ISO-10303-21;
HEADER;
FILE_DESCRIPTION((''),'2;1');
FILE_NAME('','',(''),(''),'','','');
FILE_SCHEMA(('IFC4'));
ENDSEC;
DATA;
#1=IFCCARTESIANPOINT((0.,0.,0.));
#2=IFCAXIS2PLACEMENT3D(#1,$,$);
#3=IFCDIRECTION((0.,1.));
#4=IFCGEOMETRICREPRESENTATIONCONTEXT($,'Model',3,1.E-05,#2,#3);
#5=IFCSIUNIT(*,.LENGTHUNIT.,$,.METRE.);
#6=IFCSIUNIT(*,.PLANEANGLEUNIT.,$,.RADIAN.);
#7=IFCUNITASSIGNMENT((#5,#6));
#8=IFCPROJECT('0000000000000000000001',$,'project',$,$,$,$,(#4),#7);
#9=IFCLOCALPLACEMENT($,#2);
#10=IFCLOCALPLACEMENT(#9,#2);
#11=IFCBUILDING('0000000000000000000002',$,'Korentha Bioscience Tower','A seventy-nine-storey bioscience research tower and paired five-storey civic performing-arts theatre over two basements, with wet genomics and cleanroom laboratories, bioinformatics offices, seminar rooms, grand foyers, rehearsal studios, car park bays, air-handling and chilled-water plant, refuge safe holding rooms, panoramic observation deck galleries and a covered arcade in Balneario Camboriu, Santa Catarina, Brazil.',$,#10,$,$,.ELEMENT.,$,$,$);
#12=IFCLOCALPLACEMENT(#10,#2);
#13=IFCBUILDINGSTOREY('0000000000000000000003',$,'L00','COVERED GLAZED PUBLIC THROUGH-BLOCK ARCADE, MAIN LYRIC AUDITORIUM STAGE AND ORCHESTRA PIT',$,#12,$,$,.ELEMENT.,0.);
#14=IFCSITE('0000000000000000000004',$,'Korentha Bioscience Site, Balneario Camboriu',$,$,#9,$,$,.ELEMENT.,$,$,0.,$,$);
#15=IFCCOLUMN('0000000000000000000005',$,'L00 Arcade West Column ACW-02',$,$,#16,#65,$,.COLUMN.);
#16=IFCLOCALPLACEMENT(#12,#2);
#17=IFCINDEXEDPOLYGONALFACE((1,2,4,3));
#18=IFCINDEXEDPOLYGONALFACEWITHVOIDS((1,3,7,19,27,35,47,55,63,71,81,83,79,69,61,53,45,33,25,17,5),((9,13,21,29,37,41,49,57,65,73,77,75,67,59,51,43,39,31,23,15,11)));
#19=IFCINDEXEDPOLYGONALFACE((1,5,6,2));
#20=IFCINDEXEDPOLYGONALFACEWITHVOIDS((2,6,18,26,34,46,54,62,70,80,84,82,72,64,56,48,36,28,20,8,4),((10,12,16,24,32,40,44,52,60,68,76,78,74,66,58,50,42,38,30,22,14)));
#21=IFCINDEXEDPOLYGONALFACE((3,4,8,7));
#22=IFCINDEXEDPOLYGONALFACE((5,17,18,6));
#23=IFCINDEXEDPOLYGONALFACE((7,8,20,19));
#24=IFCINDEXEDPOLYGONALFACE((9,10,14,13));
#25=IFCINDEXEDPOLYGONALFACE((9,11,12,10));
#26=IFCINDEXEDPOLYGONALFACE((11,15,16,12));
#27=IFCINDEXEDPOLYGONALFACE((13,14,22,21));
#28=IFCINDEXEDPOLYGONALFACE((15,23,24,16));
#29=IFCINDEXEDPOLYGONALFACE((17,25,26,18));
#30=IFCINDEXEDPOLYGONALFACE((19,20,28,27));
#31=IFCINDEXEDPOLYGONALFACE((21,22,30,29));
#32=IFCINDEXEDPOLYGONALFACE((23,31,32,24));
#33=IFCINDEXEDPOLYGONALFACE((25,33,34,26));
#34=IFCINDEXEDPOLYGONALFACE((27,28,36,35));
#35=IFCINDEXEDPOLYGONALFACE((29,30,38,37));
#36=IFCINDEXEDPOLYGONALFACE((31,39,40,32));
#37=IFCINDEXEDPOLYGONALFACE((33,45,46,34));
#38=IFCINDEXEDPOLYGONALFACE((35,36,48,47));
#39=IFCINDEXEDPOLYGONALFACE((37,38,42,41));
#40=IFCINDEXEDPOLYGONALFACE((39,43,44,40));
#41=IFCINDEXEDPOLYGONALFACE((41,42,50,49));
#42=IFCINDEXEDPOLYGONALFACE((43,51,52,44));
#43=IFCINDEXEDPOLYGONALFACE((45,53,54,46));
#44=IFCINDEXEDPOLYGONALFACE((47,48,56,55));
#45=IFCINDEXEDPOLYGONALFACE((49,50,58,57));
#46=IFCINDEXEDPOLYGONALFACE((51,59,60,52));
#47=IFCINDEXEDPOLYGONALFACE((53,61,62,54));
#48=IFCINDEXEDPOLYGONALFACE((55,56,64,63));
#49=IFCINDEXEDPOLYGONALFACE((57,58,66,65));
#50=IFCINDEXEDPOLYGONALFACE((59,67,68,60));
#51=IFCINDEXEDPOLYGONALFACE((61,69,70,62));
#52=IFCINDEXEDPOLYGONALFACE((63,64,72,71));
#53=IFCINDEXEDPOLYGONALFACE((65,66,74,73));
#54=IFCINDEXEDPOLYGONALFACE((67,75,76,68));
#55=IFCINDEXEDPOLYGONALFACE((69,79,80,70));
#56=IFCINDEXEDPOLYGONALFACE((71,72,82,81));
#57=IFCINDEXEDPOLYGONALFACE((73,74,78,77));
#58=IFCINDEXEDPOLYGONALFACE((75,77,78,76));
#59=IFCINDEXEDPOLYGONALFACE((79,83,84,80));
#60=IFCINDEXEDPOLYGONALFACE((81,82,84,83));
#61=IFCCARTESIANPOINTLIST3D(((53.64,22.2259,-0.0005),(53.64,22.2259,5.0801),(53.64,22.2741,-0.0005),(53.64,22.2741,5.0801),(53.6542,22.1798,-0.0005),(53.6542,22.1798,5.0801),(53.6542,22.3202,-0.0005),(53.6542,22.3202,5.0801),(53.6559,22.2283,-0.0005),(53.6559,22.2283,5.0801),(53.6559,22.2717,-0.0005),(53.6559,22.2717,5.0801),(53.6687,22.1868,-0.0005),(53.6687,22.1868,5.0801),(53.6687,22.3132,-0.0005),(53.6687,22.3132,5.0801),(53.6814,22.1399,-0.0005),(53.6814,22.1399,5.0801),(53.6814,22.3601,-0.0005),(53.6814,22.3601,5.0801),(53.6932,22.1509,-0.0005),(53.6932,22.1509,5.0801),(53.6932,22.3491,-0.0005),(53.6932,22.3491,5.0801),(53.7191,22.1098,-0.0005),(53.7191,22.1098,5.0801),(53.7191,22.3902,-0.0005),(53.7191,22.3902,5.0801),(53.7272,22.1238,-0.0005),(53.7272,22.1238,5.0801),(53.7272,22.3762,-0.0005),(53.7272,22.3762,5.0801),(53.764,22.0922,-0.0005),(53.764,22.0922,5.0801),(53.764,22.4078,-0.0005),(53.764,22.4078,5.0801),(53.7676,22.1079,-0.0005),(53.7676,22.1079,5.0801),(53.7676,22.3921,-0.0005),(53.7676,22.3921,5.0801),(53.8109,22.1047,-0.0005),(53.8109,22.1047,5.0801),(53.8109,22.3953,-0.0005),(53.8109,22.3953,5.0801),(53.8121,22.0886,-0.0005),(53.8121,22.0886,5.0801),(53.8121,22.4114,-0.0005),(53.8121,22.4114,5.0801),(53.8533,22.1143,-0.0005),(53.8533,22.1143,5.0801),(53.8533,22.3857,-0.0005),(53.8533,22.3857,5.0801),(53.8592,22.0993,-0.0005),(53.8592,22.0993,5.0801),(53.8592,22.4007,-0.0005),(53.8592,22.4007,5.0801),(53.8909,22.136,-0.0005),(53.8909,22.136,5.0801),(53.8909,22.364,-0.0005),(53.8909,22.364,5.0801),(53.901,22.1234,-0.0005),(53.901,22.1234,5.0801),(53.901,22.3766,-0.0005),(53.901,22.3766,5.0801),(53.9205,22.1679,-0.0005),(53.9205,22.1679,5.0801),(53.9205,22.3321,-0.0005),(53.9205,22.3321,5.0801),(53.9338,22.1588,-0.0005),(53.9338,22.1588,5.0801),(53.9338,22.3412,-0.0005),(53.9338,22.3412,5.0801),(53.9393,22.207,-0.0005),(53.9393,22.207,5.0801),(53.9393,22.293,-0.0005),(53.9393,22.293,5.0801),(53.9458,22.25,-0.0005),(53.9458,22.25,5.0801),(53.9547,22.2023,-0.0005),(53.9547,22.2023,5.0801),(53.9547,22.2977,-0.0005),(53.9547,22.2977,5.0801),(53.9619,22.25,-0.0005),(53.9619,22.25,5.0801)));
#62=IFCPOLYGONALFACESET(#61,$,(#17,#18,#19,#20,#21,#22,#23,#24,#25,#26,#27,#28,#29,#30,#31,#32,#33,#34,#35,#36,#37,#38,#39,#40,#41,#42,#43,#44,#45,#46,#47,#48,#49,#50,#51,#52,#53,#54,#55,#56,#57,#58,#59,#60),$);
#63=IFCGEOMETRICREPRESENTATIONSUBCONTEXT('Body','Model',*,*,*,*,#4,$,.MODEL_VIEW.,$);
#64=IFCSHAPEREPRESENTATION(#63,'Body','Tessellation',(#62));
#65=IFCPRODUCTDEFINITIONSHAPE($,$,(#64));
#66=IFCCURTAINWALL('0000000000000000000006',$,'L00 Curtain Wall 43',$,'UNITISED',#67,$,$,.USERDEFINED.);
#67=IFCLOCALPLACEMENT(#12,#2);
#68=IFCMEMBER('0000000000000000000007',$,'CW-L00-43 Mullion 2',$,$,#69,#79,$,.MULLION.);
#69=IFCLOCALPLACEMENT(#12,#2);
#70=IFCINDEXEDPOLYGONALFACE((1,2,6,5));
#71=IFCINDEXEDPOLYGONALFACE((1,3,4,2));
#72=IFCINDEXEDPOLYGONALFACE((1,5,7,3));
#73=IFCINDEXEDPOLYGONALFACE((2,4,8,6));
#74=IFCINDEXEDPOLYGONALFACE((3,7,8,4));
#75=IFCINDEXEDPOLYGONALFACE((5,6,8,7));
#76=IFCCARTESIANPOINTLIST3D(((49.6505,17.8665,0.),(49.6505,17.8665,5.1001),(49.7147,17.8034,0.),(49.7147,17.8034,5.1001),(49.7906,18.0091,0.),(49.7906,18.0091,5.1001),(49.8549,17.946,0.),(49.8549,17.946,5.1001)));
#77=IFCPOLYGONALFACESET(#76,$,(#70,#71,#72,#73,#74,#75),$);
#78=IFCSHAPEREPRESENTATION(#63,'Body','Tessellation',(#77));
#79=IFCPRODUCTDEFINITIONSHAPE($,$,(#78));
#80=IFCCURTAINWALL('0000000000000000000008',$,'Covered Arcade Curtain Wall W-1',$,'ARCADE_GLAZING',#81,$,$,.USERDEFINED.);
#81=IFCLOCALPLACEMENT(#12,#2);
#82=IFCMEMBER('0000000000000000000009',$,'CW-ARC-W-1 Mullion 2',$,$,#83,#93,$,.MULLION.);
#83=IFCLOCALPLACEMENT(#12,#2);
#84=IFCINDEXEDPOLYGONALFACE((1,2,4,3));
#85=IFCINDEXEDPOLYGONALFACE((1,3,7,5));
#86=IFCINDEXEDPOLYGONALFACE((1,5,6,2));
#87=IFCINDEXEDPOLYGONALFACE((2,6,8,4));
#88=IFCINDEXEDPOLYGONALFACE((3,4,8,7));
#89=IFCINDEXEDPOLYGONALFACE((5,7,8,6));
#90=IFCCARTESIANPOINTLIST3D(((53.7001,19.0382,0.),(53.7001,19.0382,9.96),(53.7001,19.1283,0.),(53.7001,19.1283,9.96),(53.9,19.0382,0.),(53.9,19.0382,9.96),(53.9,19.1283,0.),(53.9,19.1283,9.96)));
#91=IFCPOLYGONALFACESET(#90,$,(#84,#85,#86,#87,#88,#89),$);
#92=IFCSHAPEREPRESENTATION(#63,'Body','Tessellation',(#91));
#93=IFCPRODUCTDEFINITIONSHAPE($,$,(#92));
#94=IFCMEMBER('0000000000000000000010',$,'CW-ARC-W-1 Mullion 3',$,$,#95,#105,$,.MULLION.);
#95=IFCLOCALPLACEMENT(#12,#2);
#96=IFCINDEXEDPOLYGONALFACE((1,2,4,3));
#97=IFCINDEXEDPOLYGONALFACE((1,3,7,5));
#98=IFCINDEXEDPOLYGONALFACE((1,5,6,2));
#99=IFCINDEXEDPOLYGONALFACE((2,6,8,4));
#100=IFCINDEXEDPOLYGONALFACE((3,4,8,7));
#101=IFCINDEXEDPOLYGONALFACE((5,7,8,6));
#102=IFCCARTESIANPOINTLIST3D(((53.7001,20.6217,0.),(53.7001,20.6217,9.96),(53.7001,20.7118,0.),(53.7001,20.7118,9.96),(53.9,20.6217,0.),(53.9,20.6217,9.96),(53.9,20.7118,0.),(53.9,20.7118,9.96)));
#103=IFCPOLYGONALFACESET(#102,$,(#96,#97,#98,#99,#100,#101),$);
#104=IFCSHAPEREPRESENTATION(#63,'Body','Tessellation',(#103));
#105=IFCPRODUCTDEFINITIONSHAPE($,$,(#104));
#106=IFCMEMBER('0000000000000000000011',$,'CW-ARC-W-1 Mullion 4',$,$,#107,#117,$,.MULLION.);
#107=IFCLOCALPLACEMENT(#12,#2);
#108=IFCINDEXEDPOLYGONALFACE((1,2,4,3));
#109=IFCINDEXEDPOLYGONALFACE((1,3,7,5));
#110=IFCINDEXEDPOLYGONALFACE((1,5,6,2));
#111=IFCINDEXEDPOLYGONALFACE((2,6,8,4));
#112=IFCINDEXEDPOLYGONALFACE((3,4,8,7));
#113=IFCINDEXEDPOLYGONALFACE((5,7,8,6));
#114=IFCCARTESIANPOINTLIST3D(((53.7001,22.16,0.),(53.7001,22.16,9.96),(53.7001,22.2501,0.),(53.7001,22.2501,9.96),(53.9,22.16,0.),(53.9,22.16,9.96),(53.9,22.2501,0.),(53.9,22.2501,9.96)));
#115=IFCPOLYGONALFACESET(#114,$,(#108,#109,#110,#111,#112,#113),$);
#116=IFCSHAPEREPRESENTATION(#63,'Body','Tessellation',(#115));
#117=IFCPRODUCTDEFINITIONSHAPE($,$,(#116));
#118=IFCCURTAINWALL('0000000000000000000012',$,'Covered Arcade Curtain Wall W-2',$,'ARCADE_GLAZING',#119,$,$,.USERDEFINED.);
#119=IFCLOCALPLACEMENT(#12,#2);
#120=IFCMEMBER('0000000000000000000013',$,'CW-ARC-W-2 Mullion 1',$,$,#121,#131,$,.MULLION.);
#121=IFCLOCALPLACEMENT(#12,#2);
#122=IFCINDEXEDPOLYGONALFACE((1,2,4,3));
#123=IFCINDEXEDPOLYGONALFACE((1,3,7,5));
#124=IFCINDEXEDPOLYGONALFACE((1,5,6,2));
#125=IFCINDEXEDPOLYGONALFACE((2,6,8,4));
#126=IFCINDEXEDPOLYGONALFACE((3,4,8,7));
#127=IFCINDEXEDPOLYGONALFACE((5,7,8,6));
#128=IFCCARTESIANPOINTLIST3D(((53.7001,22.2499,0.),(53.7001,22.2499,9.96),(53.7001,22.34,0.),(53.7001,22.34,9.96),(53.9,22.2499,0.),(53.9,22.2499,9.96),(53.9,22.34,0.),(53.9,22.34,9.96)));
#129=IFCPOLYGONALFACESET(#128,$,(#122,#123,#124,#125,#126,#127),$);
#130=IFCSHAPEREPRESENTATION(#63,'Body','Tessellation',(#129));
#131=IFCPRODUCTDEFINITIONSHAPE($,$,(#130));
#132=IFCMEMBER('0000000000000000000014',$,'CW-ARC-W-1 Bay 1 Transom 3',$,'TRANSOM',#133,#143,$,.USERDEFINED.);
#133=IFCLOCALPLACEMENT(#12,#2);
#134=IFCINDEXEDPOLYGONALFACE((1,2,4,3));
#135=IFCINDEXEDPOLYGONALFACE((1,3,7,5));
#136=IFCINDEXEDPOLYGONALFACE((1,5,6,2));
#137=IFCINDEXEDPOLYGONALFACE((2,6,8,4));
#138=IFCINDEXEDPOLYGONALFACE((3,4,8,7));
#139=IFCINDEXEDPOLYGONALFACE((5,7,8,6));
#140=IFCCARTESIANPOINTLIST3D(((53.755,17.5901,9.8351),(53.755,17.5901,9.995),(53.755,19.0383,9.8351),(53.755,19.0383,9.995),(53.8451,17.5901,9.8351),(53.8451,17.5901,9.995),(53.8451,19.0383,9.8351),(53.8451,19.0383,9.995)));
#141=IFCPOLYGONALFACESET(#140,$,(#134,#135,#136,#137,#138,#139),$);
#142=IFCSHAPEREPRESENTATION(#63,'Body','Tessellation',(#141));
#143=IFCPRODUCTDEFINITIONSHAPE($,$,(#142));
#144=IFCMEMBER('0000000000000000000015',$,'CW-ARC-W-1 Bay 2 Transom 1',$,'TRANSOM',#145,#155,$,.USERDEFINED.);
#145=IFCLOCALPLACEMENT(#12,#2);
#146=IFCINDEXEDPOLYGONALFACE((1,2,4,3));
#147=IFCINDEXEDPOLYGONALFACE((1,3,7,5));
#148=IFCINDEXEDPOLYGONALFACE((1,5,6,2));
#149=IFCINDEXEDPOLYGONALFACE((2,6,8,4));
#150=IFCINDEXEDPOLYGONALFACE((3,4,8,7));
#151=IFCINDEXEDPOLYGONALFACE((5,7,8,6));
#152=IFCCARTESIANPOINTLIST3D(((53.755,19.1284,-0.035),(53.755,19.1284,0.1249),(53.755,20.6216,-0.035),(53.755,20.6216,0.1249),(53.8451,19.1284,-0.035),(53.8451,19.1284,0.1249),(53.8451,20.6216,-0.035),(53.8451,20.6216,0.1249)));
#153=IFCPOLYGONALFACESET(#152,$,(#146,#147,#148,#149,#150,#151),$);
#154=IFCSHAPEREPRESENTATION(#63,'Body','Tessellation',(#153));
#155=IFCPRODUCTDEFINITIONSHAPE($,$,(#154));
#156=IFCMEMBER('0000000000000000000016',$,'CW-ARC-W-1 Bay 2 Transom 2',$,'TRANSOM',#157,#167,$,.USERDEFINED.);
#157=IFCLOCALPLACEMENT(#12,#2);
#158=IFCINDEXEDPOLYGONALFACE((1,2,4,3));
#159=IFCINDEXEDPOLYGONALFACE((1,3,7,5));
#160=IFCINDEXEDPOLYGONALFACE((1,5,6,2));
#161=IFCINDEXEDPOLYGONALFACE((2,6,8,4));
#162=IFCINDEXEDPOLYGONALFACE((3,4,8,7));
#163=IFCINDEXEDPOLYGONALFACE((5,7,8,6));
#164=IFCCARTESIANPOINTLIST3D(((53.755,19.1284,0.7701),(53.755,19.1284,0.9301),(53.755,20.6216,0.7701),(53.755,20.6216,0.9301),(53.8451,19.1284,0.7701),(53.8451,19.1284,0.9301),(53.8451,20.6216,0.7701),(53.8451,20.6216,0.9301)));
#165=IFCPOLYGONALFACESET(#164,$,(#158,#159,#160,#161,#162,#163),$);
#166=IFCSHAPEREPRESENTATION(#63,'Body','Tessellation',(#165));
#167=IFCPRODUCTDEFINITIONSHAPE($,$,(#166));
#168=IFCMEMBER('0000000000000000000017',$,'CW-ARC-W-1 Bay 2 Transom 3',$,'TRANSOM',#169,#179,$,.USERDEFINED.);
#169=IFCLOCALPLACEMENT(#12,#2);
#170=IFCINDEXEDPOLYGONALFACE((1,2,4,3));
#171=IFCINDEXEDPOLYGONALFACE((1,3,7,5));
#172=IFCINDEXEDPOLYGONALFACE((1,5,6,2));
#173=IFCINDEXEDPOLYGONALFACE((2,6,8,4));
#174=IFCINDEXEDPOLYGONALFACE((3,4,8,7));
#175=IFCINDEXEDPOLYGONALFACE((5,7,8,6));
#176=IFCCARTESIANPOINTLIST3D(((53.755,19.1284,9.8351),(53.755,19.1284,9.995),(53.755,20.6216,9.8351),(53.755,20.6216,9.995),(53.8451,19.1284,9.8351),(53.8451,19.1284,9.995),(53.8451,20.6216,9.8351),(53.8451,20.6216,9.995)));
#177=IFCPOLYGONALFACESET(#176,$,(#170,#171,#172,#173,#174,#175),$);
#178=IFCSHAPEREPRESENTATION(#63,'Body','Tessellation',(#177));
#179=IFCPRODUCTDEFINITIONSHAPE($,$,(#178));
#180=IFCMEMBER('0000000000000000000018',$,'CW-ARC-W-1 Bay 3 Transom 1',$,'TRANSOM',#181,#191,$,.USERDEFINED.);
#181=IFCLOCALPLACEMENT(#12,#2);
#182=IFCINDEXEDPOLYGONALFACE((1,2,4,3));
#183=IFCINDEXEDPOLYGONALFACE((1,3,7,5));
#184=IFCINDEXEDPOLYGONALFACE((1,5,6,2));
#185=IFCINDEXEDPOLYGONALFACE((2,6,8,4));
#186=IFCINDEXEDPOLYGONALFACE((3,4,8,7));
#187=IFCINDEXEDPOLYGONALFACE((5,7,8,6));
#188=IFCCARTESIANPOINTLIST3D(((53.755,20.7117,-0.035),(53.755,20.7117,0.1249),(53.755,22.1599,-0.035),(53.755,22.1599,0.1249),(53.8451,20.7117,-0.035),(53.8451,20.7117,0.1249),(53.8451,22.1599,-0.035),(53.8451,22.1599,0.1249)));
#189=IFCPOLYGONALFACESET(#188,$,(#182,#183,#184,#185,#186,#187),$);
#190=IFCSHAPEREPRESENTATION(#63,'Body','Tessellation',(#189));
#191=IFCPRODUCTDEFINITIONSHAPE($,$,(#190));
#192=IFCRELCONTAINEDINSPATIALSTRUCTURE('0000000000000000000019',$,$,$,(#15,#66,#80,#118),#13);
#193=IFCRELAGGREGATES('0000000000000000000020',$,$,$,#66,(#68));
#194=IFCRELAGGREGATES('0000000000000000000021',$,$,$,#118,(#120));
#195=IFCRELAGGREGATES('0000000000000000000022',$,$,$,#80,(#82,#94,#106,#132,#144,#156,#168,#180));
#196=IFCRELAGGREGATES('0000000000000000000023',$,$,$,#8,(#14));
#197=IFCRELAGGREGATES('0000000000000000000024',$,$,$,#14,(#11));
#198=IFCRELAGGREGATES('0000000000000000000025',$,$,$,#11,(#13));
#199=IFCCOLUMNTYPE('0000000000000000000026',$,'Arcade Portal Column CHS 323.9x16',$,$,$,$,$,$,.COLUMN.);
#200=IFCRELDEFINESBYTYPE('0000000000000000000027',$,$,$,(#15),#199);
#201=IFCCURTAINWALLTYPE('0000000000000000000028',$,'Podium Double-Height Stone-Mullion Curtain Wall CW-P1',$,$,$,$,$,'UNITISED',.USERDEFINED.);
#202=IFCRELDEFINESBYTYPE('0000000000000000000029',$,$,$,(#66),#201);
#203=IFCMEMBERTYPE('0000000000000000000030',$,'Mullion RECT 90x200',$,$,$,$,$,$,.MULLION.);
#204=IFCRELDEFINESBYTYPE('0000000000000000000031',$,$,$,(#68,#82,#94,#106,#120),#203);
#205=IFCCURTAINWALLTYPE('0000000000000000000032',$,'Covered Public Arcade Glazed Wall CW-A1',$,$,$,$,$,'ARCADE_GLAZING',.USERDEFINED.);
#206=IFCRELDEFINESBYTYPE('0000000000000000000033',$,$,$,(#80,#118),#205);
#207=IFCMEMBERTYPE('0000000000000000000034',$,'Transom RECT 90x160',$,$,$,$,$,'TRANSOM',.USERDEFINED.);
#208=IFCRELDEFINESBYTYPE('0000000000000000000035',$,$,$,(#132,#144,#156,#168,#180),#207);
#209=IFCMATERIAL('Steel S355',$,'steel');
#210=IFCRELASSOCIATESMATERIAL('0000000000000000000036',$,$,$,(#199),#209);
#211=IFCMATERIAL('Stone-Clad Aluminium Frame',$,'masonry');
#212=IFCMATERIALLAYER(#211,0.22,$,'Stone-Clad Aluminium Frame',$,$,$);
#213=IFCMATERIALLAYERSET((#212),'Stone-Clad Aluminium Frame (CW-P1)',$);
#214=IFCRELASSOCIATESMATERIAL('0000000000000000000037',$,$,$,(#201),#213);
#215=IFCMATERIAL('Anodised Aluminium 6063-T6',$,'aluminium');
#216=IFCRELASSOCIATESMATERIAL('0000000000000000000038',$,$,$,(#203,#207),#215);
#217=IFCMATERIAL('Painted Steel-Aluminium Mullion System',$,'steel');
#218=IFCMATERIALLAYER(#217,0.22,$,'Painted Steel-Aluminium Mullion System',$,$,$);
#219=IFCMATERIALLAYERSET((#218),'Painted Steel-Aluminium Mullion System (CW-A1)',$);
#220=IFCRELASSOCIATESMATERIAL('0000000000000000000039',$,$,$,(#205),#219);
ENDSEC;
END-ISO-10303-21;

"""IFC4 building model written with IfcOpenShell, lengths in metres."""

from ifc_helpers import new_model, si_unit, direction, frame, origin, origin_2d, place, context, subcontext, project, spatial, rectangle, hollow_circle, extrude, material, layer, layer_set, material_profile, profile_set, type_object, element, aggregate, save


model = new_model("IFC4")

# Units and contexts
model_context = context("Model", 3, precision=1e-05, world=origin(), true_north=direction((0.0, 1.0)))
body_context = subcontext(model_context, "Body", "Model", "MODEL_VIEW")
ifc_project = project(units=[si_unit("LENGTHUNIT", "METRE"), si_unit("PLANEANGLEUNIT", "RADIAN")], contexts=[model_context])

# Site, building, storey
site_placement = place(None, origin())
site = spatial("IfcSite", under=ifc_project, at=site_placement, Name="Korentha Bioscience Site, Balneario Camboriu", CompositionType="ELEMENT", RefElevation=0.0)
building_placement = place(site_placement, origin())
building = spatial("IfcBuilding", under=site, at=building_placement, Name="Korentha Bioscience Tower", Description="A seventy-nine-storey bioscience research tower and paired five-storey civic performing-arts theatre over two basements, with wet genomics and cleanroom laboratories, bioinformatics offices, seminar rooms, grand foyers, rehearsal studios, car park bays, air-handling and chilled-water plant, refuge safe holding rooms, panoramic observation deck galleries and a covered arcade in Balneario Camboriu, Santa Catarina, Brazil.", CompositionType="ELEMENT")
storey_placement = place(building_placement, origin())
storey = spatial("IfcBuildingStorey", under=building, at=storey_placement, Name="L00", Description="COVERED GLAZED PUBLIC THROUGH-BLOCK ARCADE, MAIN LYRIC AUDITORIUM STAGE AND ORCHESTRA PIT", CompositionType="ELEMENT", Elevation=0.0)

# Column
ifc_material_1 = material(Name="Steel S355", Category="steel")
ifc_material_profile_1 = material_profile(ifc_material_1, hollow_circle(Radius=0.1619, WallThickness=0.0161, at=origin_2d()), Name="Steel S355")
ifc_profile_set_1 = profile_set([ifc_material_profile_1], Name="Steel S355 (AC-01)")
column_type = type_object("IfcColumnType", Name="Arcade Portal Column CHS 323.9x16", PredefinedType="COLUMN", material=ifc_profile_set_1)
column_placement = place(storey_placement, frame((53.8, 22.25, -0.0005), z_axis=(0.0, 0.0, 1.0), x_axis=(1.0, 0.0, 0.0)))
element("IfcColumn", 1, at=column_placement, inside=storey, type_object=column_type, Name="L00 Arcade West Column ACW-02", PredefinedType="COLUMN", context=body_context, shape_type="SweptSolid", body=[
    extrude(hollow_circle(Radius=0.1619, WallThickness=0.0161, at=origin_2d()), origin(), (0.0, 0.0, 1.0), 5.0806),
])

# Curtain wall, member
ifc_material_2 = material(Name="Stone-Clad Aluminium Frame", Category="masonry")
ifc_layer_1 = layer(ifc_material_2, 0.22, Name="Stone-Clad Aluminium Frame")
ifc_layer_set_1 = layer_set([ifc_layer_1], Name="Stone-Clad Aluminium Frame (CW-P1)")
curtain_wall_type_1 = type_object("IfcCurtainWallType", Name="Podium Double-Height Stone-Mullion Curtain Wall CW-P1", ElementType="UNITISED", PredefinedType="USERDEFINED", material=ifc_layer_set_1)
curtain_wall_1_placement = place(storey_placement, origin())
curtain_wall_1 = element("IfcCurtainWall", 2, at=curtain_wall_1_placement, inside=storey, type_object=curtain_wall_type_1, Name="L00 Curtain Wall 43", ObjectType="UNITISED", PredefinedType="USERDEFINED")
ifc_material_3 = material(Name="Anodised Aluminium 6063-T6", Category="aluminium")
ifc_material_profile_2 = material_profile(ifc_material_3, rectangle(XDim=0.0901, YDim=0.2, at=origin_2d()), Name="Anodised Aluminium 6063-T6")
ifc_profile_set_2 = profile_set([ifc_material_profile_2], Name="Anodised Aluminium 6063-T6 (CW-MUL)")
member_type_1 = type_object("IfcMemberType", Name="Mullion RECT 90x200", PredefinedType="MULLION", material=ifc_profile_set_2)
member_1_placement = place(storey_placement, frame((49.7527, 17.9062, 0.0), z_axis=(0.0, 0.0, 1.0), x_axis=(-0.713279, 0.70088, 0.0)))
member_1 = element("IfcMember", 3, at=member_1_placement, type_object=member_type_1, Name="CW-L00-43 Mullion 2", PredefinedType="MULLION", context=body_context, shape_type="SweptSolid", body=[
    extrude(rectangle(XDim=0.0901, YDim=0.2, at=origin_2d()), origin(), (0.0, 0.0, 1.0), 5.1001),
])
aggregate(curtain_wall_1, [member_1])

# Curtain wall, members
ifc_material_4 = material(Name="Painted Steel-Aluminium Mullion System", Category="steel")
ifc_layer_2 = layer(ifc_material_4, 0.22, Name="Painted Steel-Aluminium Mullion System")
ifc_layer_set_2 = layer_set([ifc_layer_2], Name="Painted Steel-Aluminium Mullion System (CW-A1)")
curtain_wall_type_2 = type_object("IfcCurtainWallType", Name="Covered Public Arcade Glazed Wall CW-A1", ElementType="ARCADE_GLAZING", PredefinedType="USERDEFINED", material=ifc_layer_set_2)
curtain_wall_2_placement = place(storey_placement, origin())
curtain_wall_2 = element("IfcCurtainWall", 4, at=curtain_wall_2_placement, inside=storey, type_object=curtain_wall_type_2, Name="Covered Arcade Curtain Wall W-1", ObjectType="ARCADE_GLAZING", PredefinedType="USERDEFINED")
member_2_placement = place(storey_placement, frame((53.8, 19.0833, 0.0), z_axis=(0.0, 0.0, 1.0), x_axis=(0.0, 1.0, 0.0)))
member_2 = element("IfcMember", 5, at=member_2_placement, type_object=member_type_1, Name="CW-ARC-W-1 Mullion 2", PredefinedType="MULLION", context=body_context, shape_type="SweptSolid", body=[
    extrude(rectangle(XDim=0.0901, YDim=0.2, at=origin_2d()), origin(), (0.0, 0.0, 1.0), 9.96),
])
member_3_placement = place(storey_placement, frame((53.8, 20.6667, 0.0), z_axis=(0.0, 0.0, 1.0), x_axis=(0.0, 1.0, 0.0)))
member_3 = element("IfcMember", 6, at=member_3_placement, type_object=member_type_1, Name="CW-ARC-W-1 Mullion 3", PredefinedType="MULLION", context=body_context, shape_type="SweptSolid", body=[
    extrude(rectangle(XDim=0.0901, YDim=0.2, at=origin_2d()), origin(), (0.0, 0.0, 1.0), 9.96),
])
member_4_placement = place(storey_placement, frame((53.8, 22.2051, 0.0), z_axis=(0.0, 0.0, 1.0), x_axis=(0.0, 1.0, 0.0)))
member_4 = element("IfcMember", 7, at=member_4_placement, type_object=member_type_1, Name="CW-ARC-W-1 Mullion 4", PredefinedType="MULLION", context=body_context, shape_type="SweptSolid", body=[
    extrude(rectangle(XDim=0.0901, YDim=0.2, at=origin_2d()), origin(), (0.0, 0.0, 1.0), 9.96),
])

# Curtain wall, member
curtain_wall_3_placement = place(storey_placement, origin())
curtain_wall_3 = element("IfcCurtainWall", 8, at=curtain_wall_3_placement, inside=storey, type_object=curtain_wall_type_2, Name="Covered Arcade Curtain Wall W-2", ObjectType="ARCADE_GLAZING", PredefinedType="USERDEFINED")
member_5_placement = place(storey_placement, frame((53.8, 22.2949, 0.0), z_axis=(0.0, 0.0, 1.0), x_axis=(0.0, 1.0, 0.0)))
member_5 = element("IfcMember", 9, at=member_5_placement, type_object=member_type_1, Name="CW-ARC-W-2 Mullion 1", PredefinedType="MULLION", context=body_context, shape_type="SweptSolid", body=[
    extrude(rectangle(XDim=0.0901, YDim=0.2, at=origin_2d()), origin(), (0.0, 0.0, 1.0), 9.96),
])
aggregate(curtain_wall_3, [member_5])

# Members
ifc_material_profile_3 = material_profile(ifc_material_3, rectangle(XDim=0.0901, YDim=0.1599, at=origin_2d()), Name="Anodised Aluminium 6063-T6")
ifc_profile_set_3 = profile_set([ifc_material_profile_3], Name="Anodised Aluminium 6063-T6 (CW-TRN)")
member_type_2 = type_object("IfcMemberType", Name="Transom RECT 90x160", ElementType="TRANSOM", PredefinedType="USERDEFINED", material=ifc_profile_set_3)
member_6_placement = place(storey_placement, frame((53.8, 17.5901, 9.915), z_axis=(0.0, 1.0, 0.0), x_axis=(-1.0, 0.0, 0.0)))
member_6 = element("IfcMember", 10, at=member_6_placement, type_object=member_type_2, Name="CW-ARC-W-1 Bay 1 Transom 3", ObjectType="TRANSOM", PredefinedType="USERDEFINED", context=body_context, shape_type="SweptSolid", body=[
    extrude(rectangle(XDim=0.0901, YDim=0.1599, at=origin_2d()), origin(), (0.0, 0.0, 1.0), 1.4482),
])
member_7_placement = place(storey_placement, frame((53.8, 19.1284, 0.0449), z_axis=(0.0, 1.0, 0.0), x_axis=(-1.0, 0.0, 0.0)))
member_7 = element("IfcMember", 11, at=member_7_placement, type_object=member_type_2, Name="CW-ARC-W-1 Bay 2 Transom 1", ObjectType="TRANSOM", PredefinedType="USERDEFINED", context=body_context, shape_type="SweptSolid", body=[
    extrude(rectangle(XDim=0.0901, YDim=0.1599, at=origin_2d()), origin(), (0.0, 0.0, 1.0), 1.4932),
])
member_8_placement = place(storey_placement, frame((53.8, 19.1284, 0.8501), z_axis=(0.0, 1.0, 0.0), x_axis=(-1.0, 0.0, 0.0)))
member_8 = element("IfcMember", 12, at=member_8_placement, type_object=member_type_2, Name="CW-ARC-W-1 Bay 2 Transom 2", ObjectType="TRANSOM", PredefinedType="USERDEFINED", context=body_context, shape_type="SweptSolid", body=[
    extrude(rectangle(XDim=0.0901, YDim=0.1599, at=origin_2d()), origin(), (0.0, 0.0, 1.0), 1.4932),
])
member_9_placement = place(storey_placement, frame((53.8, 19.1284, 9.915), z_axis=(0.0, 1.0, 0.0), x_axis=(-1.0, 0.0, 0.0)))
member_9 = element("IfcMember", 13, at=member_9_placement, type_object=member_type_2, Name="CW-ARC-W-1 Bay 2 Transom 3", ObjectType="TRANSOM", PredefinedType="USERDEFINED", context=body_context, shape_type="SweptSolid", body=[
    extrude(rectangle(XDim=0.0901, YDim=0.1599, at=origin_2d()), origin(), (0.0, 0.0, 1.0), 1.4932),
])
member_10_placement = place(storey_placement, frame((53.8, 20.7117, 0.0449), z_axis=(0.0, 1.0, 0.0), x_axis=(-1.0, 0.0, 0.0)))
member_10 = element("IfcMember", 14, at=member_10_placement, type_object=member_type_2, Name="CW-ARC-W-1 Bay 3 Transom 1", ObjectType="TRANSOM", PredefinedType="USERDEFINED", context=body_context, shape_type="SweptSolid", body=[
    extrude(rectangle(XDim=0.0901, YDim=0.1599, at=origin_2d()), origin(), (0.0, 0.0, 1.0), 1.4482),
])

aggregate(curtain_wall_2, [member_2, member_3, member_4, member_6, member_7, member_8, member_9, member_10])

save(model, "model.ifc")
